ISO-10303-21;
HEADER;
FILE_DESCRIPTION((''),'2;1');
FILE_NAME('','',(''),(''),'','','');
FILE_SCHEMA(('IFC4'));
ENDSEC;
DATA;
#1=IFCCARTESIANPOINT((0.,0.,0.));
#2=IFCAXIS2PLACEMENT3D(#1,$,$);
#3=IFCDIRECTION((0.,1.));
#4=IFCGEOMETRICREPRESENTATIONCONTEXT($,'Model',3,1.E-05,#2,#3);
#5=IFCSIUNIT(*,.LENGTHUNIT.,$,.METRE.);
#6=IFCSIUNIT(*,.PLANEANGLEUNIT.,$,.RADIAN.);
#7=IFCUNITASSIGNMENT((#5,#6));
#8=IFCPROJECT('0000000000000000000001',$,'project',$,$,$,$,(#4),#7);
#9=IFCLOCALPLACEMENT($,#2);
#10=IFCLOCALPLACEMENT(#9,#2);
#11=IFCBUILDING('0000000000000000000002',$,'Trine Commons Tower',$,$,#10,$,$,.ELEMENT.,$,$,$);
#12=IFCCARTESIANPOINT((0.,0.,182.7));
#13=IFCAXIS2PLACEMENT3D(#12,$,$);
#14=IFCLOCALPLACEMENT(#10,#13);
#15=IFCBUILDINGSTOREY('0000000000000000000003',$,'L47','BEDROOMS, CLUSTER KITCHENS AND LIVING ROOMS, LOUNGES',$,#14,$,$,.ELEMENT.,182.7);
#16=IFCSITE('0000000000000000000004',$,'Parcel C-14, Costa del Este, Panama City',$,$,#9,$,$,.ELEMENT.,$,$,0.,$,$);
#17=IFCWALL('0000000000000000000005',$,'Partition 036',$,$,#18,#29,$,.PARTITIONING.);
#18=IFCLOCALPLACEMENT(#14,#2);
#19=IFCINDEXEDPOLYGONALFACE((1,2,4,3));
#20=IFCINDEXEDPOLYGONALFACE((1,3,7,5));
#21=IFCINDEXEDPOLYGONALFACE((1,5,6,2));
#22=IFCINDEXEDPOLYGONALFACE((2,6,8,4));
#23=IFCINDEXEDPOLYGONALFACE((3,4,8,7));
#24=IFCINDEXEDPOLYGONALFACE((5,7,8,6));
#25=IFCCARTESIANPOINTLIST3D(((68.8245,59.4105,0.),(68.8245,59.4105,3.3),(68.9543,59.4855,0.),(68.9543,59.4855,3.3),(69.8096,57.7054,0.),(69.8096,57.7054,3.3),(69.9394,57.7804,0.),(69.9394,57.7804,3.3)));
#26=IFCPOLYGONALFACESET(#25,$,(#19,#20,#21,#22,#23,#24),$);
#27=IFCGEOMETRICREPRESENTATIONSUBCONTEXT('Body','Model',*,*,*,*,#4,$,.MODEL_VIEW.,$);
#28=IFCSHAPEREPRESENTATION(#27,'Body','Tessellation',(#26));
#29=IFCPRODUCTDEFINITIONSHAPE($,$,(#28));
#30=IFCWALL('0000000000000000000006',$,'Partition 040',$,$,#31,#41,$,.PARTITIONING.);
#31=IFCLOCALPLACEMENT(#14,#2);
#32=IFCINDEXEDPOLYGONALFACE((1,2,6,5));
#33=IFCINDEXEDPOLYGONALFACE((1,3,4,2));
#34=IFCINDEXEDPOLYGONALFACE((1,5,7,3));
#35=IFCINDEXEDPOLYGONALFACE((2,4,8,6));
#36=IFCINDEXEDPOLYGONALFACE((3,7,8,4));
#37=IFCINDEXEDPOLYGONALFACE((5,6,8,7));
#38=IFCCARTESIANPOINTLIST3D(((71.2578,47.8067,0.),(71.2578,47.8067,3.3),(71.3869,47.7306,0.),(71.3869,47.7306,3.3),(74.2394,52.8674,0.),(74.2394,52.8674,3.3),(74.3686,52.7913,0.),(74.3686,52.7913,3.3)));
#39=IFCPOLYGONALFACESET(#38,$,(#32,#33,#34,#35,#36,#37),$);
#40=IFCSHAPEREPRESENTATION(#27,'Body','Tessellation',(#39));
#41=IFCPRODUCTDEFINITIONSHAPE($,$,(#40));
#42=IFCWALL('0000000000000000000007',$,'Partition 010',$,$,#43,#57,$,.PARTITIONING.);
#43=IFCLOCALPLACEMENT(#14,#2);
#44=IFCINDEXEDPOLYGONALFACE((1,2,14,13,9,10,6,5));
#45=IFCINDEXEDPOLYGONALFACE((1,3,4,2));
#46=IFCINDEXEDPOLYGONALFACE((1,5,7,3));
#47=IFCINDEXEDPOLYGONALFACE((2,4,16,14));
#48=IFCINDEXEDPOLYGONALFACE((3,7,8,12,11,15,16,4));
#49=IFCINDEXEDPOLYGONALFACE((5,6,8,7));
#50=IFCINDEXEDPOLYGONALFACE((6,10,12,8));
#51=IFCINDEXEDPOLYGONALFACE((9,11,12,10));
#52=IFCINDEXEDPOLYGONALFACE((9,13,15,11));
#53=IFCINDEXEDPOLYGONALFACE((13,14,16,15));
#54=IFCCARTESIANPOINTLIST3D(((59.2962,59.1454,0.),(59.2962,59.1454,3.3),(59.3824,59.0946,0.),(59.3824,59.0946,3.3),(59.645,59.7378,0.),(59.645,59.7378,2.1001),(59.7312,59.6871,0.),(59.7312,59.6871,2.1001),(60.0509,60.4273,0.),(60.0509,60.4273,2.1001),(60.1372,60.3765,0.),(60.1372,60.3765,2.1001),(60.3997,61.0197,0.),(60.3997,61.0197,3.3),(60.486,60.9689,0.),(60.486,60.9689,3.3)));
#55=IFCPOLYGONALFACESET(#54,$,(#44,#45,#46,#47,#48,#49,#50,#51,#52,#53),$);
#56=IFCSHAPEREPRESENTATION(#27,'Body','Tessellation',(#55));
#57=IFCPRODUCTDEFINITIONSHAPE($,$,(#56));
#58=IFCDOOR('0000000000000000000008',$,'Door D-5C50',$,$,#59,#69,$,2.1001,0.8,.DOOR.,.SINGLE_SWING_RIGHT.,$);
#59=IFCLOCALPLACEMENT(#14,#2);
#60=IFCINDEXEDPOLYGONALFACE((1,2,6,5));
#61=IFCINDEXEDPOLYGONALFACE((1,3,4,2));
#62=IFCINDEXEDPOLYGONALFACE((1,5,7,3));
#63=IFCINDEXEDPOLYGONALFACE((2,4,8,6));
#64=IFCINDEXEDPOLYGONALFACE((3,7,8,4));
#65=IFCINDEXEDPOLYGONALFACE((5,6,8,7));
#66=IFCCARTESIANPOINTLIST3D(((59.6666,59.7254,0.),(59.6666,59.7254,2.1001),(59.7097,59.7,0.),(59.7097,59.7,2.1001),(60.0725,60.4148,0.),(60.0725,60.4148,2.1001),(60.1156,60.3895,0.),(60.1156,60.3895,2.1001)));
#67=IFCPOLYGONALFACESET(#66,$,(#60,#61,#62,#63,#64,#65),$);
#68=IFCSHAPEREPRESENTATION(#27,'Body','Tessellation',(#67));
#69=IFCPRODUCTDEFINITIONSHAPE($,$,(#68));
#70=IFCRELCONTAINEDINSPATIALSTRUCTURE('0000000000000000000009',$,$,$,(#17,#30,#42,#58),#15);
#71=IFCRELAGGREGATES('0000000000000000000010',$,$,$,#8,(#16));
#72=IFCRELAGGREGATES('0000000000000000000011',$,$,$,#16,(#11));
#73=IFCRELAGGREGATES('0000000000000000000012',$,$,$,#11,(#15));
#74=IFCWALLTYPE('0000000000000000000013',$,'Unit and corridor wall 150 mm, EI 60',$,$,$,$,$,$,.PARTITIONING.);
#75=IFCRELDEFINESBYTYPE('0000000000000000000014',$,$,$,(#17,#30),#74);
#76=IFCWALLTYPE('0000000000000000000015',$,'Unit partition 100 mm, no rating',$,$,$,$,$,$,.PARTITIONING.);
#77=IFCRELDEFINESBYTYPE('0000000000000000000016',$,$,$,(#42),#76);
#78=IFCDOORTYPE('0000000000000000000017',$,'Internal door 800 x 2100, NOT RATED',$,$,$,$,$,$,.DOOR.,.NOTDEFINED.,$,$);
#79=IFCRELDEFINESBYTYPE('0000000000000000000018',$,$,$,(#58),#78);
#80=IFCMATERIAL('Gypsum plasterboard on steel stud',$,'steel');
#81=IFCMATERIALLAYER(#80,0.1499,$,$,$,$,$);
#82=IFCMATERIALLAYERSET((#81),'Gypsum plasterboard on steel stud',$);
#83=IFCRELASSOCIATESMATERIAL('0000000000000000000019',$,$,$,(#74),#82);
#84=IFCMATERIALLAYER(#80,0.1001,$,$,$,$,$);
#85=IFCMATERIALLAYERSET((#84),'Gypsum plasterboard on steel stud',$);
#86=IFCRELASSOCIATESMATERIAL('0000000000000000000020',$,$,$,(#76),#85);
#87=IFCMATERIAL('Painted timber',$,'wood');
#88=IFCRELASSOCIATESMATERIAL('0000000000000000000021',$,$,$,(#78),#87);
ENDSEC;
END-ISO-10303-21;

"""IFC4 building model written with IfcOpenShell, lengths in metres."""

from ifc_helpers import new_model, si_unit, direction, frame, frame_2d, origin, place, context, subcontext, project, spatial, rectangle, extrude, material, layer, layer_set, type_object, element, fill, save


model = new_model("IFC4")

# Units and contexts
model_context = context("Model", 3, precision=1e-05, world=origin(), true_north=direction((0.0, 1.0)))
body_context = subcontext(model_context, "Body", "Model", "MODEL_VIEW")
ifc_project = project(units=[si_unit("LENGTHUNIT", "METRE"), si_unit("PLANEANGLEUNIT", "RADIAN")], contexts=[model_context])

# Site, building, storey
site_placement = place(None, origin())
site = spatial("IfcSite", under=ifc_project, at=site_placement, Name="Parcel C-14, Costa del Este, Panama City", CompositionType="ELEMENT", RefElevation=0.0)
building_placement = place(site_placement, origin())
building = spatial("IfcBuilding", under=site, at=building_placement, Name="Trine Commons Tower", CompositionType="ELEMENT")
storey_placement = place(building_placement, frame((0.0, 0.0, 182.7)))
storey = spatial("IfcBuildingStorey", under=building, at=storey_placement, Name="L47", Description="BEDROOMS, CLUSTER KITCHENS AND LIVING ROOMS, LOUNGES", CompositionType="ELEMENT", Elevation=182.7)

# Shared definitions
ifc_material_1 = material(Name="Gypsum plasterboard on steel stud", Category="steel")
ifc_layer_1 = layer(ifc_material_1, 0.1499)
ifc_layer_set_1 = layer_set([ifc_layer_1], Name="Gypsum plasterboard on steel stud")
wall_type_1 = type_object("IfcWallType", Name="Unit and corridor wall 150 mm, EI 60", PredefinedType="PARTITIONING", material=ifc_layer_set_1)

# Shared definitions
ifc_material_2 = material(Name="Painted timber", Category="wood")

# Walls
wall_1_placement = place(storey_placement, frame((68.8894, 59.448, 0.0), z_axis=(0.0, 0.0, 1.0), x_axis=(0.500259, -0.865876, 0.0)))
element("IfcWall", 1, at=wall_1_placement, inside=storey, type_object=wall_type_1, Name="Partition 036", PredefinedType="PARTITIONING", context=body_context, shape_type="SweptSolid", body=[
    extrude(rectangle(XDim=1.9692, YDim=0.1499, at=frame_2d((0.9846, 0.0))), origin(), (0.0, 0.0, 1.0), 3.3),
])
wall_2_placement = place(storey_placement, frame((71.3223, 47.7686, 0.0), z_axis=(0.0, 0.0, 1.0), x_axis=(0.507621, 0.86158, 0.0)))
element("IfcWall", 2, at=wall_2_placement, inside=storey, type_object=wall_type_1, Name="Partition 040", PredefinedType="PARTITIONING", context=body_context, shape_type="SweptSolid", body=[
    extrude(rectangle(XDim=5.8738, YDim=0.1499, at=frame_2d((2.937, 0.0))), origin(), (0.0, 0.0, 1.0), 3.3),
])

# Wall, opening, door
ifc_layer_2 = layer(ifc_material_1, 0.1001)
ifc_layer_set_2 = layer_set([ifc_layer_2], Name="Gypsum plasterboard on steel stud")
wall_type_2 = type_object("IfcWallType", Name="Unit partition 100 mm, no rating", PredefinedType="PARTITIONING", material=ifc_layer_set_2)
wall_3_placement = place(storey_placement, frame((59.3394, 59.1201, 0.0), z_axis=(0.0, 0.0, 1.0), x_axis=(0.507363, 0.861732, 0.0)))
wall_3 = element("IfcWall", 3, at=wall_3_placement, inside=storey, type_object=wall_type_2, Name="Partition 010", PredefinedType="PARTITIONING", context=body_context, shape_type="SweptSolid", body=[
    extrude(rectangle(XDim=2.175, YDim=0.1001, at=frame_2d((1.0874, 0.0))), origin(), (0.0, 0.0, 1.0), 3.3),
])
opening_1_placement = place(wall_3_placement, frame((0.6875, 0.0, 0.0)))
opening_1 = element("IfcOpeningElement", 4, at=opening_1_placement, cuts=wall_3, PredefinedType="OPENING", context=body_context, shape_type="SweptSolid", body=[
    extrude(rectangle(XDim=0.8, YDim=2.1001, at=frame_2d((0.3999, 1.05))), frame((0.0, 0.0601, 0.0), z_axis=(0.0, -1.0, 0.0), x_axis=(1.0, 0.0, 0.0)), (0.0, 0.0, 1.0), 0.1201),
])
door_type_1 = type_object("IfcDoorType", Name="Internal door 800 x 2100, NOT RATED", OperationType="NOTDEFINED", PredefinedType="DOOR", material=ifc_material_2)
door_1_placement = place(opening_1_placement, frame((0.8, 0.0, 0.0), z_axis=(0.0, 0.0, 1.0), x_axis=(-1.0, 0.0, 0.0)))
door_1 = element("IfcDoor", 5, at=door_1_placement, inside=storey, type_object=door_type_1, Name="Door D-5C50", OperationType="SINGLE_SWING_RIGHT", OverallHeight=2.1001, OverallWidth=0.8, PredefinedType="DOOR", context=body_context, shape_type="SweptSolid", body=[
    extrude(rectangle(XDim=0.8, YDim=2.1001, at=frame_2d((0.3999, 1.05))), frame((0.0, 0.0249, 0.0), z_axis=(0.0, -1.0, 0.0), x_axis=(1.0, 0.0, 0.0)), (0.0, 0.0, 1.0), 0.05),
])
fill(opening_1, door_1)

save(model, "model.ifc")
